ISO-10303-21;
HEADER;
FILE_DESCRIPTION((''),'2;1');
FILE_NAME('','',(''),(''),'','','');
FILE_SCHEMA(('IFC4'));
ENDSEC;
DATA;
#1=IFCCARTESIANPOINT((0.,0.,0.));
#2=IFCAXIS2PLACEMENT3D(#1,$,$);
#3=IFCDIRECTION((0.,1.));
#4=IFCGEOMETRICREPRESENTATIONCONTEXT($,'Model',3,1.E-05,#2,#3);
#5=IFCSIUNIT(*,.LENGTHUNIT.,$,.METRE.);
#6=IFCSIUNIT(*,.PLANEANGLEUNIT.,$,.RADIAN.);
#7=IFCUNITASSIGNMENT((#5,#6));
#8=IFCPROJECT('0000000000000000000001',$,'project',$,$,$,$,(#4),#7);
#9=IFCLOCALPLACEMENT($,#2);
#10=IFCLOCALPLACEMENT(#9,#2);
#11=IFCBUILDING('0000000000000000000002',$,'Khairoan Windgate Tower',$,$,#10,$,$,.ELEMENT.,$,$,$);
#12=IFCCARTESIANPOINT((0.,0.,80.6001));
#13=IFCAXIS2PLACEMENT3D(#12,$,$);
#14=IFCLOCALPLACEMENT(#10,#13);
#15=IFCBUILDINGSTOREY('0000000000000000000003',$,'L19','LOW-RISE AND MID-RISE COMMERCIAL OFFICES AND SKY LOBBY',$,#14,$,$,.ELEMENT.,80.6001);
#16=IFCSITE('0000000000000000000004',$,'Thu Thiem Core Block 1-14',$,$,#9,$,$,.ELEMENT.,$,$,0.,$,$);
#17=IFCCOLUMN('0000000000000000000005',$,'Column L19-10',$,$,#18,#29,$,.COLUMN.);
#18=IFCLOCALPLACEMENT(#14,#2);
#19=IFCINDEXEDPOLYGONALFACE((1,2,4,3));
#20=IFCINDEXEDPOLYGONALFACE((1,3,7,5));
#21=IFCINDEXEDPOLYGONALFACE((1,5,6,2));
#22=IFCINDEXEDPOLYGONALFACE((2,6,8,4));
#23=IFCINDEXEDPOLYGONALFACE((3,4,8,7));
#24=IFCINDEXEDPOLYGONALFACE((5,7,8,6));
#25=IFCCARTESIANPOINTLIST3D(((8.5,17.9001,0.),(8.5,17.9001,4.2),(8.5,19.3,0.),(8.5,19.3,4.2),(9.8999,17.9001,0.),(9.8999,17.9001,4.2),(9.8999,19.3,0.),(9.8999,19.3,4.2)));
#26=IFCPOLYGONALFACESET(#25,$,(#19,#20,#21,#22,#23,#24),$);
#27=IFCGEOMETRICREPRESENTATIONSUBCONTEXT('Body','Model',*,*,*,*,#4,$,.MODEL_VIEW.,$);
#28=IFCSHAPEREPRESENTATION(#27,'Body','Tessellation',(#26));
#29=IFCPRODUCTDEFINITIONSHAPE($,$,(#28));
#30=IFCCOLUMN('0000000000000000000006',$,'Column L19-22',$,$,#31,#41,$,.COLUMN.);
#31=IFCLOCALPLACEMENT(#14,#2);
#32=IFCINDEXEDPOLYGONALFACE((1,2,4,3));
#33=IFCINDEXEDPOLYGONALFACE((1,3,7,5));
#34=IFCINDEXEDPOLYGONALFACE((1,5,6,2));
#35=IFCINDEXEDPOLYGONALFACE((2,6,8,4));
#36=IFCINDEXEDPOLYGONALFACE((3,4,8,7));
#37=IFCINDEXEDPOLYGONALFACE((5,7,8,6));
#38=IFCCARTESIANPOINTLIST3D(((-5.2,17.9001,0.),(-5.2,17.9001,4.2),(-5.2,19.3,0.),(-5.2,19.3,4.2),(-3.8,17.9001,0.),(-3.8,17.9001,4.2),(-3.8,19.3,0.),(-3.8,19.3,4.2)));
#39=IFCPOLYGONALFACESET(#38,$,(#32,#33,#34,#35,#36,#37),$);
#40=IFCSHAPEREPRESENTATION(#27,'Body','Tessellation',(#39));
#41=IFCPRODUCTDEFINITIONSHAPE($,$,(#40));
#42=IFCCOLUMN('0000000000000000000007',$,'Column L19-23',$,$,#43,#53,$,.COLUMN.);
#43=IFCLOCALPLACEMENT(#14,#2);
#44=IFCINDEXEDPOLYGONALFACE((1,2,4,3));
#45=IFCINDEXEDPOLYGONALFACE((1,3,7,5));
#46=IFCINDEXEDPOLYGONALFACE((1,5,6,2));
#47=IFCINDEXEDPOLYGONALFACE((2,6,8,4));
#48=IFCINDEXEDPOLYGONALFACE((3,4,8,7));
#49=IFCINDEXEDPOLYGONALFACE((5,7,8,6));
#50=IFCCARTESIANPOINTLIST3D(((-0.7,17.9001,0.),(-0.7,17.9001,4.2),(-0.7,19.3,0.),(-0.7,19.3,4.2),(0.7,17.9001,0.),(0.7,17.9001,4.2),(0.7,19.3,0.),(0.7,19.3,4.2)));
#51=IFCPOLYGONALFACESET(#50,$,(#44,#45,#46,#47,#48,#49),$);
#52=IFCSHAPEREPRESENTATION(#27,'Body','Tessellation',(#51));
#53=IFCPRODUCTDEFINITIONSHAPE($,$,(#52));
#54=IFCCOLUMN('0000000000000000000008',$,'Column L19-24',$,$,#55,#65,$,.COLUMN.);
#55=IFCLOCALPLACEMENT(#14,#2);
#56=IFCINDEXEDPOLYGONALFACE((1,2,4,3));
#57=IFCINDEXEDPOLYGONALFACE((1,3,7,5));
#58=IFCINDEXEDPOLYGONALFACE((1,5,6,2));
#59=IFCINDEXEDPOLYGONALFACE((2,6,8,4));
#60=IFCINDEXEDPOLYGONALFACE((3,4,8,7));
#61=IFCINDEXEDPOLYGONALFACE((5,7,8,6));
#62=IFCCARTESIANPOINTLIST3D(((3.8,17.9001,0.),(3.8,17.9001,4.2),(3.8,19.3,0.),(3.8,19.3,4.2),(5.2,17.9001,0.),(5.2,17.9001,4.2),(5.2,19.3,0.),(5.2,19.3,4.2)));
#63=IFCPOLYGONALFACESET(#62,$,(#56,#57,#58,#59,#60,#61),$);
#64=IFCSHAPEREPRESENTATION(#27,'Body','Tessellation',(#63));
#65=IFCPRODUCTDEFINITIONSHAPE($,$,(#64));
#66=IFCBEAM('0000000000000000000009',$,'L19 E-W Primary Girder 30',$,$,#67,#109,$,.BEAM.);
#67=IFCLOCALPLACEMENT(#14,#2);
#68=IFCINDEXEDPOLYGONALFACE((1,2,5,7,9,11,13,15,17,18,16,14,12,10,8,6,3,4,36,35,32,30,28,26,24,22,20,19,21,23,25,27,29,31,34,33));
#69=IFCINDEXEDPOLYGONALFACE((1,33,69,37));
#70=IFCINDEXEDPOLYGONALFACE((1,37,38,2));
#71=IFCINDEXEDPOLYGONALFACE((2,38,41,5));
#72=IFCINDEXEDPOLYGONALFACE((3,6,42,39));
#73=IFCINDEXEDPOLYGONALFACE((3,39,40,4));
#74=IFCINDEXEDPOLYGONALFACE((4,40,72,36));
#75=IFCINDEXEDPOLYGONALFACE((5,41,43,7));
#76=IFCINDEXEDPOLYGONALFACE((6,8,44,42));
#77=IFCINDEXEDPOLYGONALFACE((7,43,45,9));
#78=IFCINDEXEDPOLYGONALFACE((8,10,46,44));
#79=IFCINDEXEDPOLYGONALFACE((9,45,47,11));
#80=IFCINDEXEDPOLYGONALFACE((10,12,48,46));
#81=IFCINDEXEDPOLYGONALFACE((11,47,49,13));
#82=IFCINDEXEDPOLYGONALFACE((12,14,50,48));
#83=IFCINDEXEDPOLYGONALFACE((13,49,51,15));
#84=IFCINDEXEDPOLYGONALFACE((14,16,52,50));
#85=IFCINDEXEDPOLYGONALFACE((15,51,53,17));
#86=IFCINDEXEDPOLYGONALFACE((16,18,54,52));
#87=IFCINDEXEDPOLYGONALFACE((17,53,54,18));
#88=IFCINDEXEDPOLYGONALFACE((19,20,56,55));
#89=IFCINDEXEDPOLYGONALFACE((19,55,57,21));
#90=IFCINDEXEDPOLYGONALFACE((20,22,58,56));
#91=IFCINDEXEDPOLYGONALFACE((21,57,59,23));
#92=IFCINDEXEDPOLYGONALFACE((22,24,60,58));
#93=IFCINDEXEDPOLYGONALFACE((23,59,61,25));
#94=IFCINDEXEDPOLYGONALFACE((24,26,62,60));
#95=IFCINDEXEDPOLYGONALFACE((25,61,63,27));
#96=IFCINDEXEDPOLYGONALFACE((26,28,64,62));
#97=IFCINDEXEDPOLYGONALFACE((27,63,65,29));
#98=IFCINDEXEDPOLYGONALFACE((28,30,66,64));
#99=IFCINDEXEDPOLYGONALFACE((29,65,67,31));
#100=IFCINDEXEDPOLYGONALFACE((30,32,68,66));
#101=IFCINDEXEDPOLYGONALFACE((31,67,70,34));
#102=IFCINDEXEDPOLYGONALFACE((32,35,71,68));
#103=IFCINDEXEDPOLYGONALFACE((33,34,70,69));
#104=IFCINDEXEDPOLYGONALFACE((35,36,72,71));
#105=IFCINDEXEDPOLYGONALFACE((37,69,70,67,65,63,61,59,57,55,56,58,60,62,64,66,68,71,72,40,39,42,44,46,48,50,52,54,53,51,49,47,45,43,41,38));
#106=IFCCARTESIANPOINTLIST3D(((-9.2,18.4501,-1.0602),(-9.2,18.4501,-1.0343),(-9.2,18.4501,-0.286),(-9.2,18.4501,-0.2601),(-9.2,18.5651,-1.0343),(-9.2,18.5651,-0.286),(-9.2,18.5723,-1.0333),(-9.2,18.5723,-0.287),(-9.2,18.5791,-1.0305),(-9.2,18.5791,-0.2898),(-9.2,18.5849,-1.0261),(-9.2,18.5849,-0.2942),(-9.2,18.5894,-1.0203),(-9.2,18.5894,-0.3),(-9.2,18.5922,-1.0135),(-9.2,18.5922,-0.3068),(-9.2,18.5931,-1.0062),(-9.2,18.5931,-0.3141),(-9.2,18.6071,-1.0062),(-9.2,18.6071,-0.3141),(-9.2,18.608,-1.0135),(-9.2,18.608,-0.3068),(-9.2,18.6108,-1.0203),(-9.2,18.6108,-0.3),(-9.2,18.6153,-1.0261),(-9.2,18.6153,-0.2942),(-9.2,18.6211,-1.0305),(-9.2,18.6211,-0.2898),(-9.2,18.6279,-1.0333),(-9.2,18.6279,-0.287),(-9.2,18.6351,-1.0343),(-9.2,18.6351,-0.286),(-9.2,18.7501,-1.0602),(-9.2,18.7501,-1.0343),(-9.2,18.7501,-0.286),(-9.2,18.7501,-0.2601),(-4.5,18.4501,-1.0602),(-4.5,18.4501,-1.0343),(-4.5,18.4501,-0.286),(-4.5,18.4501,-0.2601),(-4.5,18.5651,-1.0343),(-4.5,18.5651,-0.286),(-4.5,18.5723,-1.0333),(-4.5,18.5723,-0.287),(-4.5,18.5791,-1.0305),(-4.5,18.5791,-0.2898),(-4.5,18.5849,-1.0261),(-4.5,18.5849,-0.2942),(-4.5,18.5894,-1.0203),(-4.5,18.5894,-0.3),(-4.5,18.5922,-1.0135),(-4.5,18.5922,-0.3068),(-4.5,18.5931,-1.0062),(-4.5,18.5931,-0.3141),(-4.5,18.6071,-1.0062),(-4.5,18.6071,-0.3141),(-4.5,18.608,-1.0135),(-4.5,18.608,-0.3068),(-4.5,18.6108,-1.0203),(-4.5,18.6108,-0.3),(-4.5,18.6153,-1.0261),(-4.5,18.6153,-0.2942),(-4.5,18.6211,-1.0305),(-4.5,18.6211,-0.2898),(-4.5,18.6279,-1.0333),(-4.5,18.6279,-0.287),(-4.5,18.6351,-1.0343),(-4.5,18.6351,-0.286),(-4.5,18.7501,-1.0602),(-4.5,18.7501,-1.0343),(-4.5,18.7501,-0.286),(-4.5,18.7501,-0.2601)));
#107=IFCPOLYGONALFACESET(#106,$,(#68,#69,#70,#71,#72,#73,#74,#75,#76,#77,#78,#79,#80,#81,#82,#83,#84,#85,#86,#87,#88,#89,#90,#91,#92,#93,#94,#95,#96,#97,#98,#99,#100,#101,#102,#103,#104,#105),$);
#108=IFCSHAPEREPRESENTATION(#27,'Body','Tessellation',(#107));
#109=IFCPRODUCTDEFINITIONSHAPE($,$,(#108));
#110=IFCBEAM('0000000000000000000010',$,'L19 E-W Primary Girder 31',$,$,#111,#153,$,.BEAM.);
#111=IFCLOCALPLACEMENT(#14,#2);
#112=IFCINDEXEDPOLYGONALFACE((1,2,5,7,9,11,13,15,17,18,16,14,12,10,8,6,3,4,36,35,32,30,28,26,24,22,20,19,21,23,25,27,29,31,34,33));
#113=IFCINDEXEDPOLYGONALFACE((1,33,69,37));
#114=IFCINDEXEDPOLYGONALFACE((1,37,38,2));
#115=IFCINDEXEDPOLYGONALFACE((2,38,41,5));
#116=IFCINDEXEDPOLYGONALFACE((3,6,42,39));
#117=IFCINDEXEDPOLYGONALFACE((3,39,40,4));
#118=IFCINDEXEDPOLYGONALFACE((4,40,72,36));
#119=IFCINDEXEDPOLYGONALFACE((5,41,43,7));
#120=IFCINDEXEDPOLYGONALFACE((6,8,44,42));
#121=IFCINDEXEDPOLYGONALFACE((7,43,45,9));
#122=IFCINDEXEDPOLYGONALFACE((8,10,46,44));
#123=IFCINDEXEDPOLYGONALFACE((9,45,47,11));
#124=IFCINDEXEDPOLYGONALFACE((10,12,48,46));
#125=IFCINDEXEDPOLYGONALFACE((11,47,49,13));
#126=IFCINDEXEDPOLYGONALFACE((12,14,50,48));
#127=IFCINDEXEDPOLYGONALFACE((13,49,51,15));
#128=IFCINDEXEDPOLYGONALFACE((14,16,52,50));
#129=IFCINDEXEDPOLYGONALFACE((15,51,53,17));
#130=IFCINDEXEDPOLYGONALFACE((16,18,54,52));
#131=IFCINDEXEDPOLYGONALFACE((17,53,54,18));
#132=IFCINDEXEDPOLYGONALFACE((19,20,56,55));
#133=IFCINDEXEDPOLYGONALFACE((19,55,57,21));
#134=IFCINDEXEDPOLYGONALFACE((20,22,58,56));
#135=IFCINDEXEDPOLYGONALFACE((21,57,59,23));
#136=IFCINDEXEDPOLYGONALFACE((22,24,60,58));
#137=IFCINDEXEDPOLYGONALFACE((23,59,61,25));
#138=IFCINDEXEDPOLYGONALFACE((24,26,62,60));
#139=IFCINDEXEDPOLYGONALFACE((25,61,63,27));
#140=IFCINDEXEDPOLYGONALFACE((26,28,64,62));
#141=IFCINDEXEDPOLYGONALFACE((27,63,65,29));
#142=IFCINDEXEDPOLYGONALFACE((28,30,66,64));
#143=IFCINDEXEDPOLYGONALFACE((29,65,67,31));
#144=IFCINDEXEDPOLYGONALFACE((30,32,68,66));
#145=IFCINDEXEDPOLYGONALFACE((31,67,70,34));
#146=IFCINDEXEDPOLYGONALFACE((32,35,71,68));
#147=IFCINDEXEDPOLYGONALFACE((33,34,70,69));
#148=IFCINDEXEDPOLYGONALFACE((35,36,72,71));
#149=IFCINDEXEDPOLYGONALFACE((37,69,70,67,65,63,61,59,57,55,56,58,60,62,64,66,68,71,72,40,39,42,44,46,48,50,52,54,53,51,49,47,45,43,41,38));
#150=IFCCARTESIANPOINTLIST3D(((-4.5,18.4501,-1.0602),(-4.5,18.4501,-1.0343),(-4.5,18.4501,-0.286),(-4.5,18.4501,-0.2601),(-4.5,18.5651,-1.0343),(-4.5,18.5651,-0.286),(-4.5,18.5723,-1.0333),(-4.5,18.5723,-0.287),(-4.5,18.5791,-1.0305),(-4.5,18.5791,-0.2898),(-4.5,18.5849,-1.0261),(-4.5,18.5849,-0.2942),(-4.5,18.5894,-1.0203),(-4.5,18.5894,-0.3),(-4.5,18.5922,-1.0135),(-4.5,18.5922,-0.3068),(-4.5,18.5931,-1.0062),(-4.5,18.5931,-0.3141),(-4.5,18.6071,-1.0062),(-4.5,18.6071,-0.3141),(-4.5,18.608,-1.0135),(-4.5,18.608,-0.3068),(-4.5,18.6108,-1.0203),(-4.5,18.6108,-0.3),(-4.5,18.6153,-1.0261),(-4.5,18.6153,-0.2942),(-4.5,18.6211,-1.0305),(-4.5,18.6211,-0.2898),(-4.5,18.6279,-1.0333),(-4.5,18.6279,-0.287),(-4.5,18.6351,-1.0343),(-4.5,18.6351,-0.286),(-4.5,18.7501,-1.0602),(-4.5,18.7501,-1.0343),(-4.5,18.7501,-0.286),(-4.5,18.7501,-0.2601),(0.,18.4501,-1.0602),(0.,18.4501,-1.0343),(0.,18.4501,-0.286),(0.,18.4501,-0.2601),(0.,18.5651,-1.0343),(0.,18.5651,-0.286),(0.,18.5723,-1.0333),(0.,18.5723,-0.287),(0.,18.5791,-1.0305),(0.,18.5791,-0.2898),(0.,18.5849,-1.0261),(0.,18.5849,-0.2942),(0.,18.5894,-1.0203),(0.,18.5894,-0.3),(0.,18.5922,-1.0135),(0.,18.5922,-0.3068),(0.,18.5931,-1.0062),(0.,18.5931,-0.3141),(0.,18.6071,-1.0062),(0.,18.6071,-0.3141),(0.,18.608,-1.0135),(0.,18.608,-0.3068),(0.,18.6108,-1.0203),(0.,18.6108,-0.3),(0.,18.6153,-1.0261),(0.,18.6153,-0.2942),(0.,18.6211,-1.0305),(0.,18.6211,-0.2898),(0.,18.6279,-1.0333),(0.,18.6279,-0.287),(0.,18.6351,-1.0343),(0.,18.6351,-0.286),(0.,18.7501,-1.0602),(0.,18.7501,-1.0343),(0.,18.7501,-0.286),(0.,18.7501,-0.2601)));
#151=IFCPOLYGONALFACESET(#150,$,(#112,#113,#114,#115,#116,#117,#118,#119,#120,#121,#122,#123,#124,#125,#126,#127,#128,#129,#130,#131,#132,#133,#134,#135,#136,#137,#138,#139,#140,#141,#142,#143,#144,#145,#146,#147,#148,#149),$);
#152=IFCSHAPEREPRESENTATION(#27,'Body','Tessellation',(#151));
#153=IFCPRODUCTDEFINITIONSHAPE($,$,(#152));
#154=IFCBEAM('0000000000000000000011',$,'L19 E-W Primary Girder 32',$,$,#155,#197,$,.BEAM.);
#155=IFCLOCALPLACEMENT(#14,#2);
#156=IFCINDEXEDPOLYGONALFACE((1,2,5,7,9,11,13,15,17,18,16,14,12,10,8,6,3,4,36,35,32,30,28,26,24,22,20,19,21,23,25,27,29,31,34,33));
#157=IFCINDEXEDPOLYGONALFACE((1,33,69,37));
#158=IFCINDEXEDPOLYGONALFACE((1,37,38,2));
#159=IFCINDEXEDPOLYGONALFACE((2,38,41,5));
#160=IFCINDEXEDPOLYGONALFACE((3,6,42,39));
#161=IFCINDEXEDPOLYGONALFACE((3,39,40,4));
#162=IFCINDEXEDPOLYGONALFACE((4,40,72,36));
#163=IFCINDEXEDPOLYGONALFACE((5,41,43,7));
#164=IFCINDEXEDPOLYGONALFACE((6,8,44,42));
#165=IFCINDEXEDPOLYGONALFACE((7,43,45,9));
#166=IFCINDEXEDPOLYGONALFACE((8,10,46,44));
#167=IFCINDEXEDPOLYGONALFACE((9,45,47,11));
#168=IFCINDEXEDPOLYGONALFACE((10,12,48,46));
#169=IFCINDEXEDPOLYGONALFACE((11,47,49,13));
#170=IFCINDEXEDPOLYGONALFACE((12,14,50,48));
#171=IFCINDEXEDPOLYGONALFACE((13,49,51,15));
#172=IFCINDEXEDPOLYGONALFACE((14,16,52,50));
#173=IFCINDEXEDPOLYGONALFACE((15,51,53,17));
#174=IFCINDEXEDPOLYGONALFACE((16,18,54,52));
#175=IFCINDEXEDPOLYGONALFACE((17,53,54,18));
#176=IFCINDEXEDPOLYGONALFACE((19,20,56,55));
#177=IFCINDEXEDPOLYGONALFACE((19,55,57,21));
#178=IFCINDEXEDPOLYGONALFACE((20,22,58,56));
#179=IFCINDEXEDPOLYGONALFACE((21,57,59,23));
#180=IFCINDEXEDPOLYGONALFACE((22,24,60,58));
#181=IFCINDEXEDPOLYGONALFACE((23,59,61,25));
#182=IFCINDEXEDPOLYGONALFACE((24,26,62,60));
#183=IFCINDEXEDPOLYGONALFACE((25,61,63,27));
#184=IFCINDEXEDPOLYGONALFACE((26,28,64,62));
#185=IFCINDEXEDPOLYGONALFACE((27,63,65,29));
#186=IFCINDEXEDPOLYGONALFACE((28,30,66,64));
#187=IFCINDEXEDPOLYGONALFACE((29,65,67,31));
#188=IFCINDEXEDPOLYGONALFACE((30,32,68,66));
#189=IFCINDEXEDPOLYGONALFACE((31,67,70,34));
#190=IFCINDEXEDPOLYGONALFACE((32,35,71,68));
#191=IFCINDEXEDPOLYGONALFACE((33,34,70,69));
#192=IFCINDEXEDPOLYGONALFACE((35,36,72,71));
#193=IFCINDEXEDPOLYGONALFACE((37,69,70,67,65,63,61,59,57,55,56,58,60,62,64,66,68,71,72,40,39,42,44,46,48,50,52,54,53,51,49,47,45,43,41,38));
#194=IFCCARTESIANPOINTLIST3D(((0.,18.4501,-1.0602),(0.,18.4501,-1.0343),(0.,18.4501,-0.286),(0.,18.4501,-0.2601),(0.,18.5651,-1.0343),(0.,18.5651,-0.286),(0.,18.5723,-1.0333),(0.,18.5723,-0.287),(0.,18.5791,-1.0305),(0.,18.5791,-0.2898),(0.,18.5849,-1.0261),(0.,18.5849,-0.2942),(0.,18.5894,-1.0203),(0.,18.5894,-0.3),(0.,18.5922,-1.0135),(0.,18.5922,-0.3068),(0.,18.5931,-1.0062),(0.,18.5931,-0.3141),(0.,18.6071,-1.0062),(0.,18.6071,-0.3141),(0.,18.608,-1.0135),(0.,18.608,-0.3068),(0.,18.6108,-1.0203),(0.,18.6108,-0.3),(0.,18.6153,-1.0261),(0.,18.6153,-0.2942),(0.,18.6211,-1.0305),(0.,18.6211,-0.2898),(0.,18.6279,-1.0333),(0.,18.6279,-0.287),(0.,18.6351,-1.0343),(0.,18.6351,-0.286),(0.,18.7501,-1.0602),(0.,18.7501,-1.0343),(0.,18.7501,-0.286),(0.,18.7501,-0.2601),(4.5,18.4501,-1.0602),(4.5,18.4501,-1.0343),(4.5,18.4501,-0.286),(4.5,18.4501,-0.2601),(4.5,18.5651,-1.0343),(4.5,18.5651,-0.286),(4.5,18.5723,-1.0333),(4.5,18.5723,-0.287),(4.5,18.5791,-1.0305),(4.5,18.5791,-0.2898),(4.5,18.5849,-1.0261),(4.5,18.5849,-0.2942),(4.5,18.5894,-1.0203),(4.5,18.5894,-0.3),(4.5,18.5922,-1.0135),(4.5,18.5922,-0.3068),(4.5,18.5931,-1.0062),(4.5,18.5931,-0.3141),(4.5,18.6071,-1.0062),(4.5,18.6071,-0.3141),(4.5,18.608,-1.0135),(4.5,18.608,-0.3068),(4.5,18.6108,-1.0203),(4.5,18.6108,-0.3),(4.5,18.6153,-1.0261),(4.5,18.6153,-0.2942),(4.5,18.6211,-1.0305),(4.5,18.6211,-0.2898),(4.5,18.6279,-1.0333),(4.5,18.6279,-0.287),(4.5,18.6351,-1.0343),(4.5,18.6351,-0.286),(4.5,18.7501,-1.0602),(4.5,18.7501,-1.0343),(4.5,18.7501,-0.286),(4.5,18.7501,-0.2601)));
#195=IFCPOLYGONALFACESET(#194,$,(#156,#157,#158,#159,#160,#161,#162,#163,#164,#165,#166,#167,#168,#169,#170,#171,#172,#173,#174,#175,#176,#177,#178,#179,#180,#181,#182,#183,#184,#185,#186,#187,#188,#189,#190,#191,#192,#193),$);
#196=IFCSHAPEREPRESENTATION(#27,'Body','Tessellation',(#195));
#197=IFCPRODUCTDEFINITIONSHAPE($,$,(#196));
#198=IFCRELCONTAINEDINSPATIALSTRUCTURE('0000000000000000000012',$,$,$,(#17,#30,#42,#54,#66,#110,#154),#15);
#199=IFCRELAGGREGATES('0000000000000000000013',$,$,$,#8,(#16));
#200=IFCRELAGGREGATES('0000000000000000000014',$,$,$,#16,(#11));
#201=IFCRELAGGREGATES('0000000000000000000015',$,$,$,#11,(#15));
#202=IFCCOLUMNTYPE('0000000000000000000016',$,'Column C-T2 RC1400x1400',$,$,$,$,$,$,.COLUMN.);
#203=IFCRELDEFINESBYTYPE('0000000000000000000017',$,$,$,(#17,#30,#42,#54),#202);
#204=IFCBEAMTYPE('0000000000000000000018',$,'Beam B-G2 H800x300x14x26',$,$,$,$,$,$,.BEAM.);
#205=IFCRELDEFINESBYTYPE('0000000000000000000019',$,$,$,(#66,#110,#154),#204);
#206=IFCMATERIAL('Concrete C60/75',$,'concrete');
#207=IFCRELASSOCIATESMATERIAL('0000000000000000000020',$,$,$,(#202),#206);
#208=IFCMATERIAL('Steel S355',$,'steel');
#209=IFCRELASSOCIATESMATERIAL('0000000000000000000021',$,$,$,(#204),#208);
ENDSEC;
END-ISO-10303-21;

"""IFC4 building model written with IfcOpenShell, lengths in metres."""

from ifc_helpers import new_model, si_unit, direction, frame, origin, origin_2d, place, context, subcontext, project, spatial, rectangle, i_section, extrude, material, material_profile, profile_set, type_object, element, save


model = new_model("IFC4")

# Units and contexts
model_context = context("Model", 3, precision=1e-05, world=origin(), true_north=direction((0.0, 1.0)))
body_context = subcontext(model_context, "Body", "Model", "MODEL_VIEW")
ifc_project = project(units=[si_unit("LENGTHUNIT", "METRE"), si_unit("PLANEANGLEUNIT", "RADIAN")], contexts=[model_context])

# Site, building, storey
site_placement = place(None, origin())
site = spatial("IfcSite", under=ifc_project, at=site_placement, Name="Thu Thiem Core Block 1-14", CompositionType="ELEMENT", RefElevation=0.0)
building_placement = place(site_placement, origin())
building = spatial("IfcBuilding", under=site, at=building_placement, Name="Khairoan Windgate Tower", CompositionType="ELEMENT")
storey_placement = place(building_placement, frame((0.0, 0.0, 80.6001)))
storey = spatial("IfcBuildingStorey", under=building, at=storey_placement, Name="L19", Description="LOW-RISE AND MID-RISE COMMERCIAL OFFICES AND SKY LOBBY", CompositionType="ELEMENT", Elevation=80.6001)

# Columns
ifc_material_1 = material(Name="Concrete C60/75", Category="concrete")
ifc_material_profile_1 = material_profile(ifc_material_1, rectangle(XDim=1.3999, YDim=1.3999, at=origin_2d()))
ifc_profile_set_1 = profile_set([ifc_material_profile_1], Name="Concrete C60/75")
column_type = type_object("IfcColumnType", Name="Column C-T2 RC1400x1400", PredefinedType="COLUMN", material=ifc_profile_set_1)
for number, where, z_axis, x_axis, name in (
    (1, (9.2, 18.6001, 0.0), (0.0, 0.0, 1.0), (1.0, 0.0, 0.0), "Column L19-10"),
    (2, (-4.5, 18.6001, 0.0), (0.0, 0.0, 1.0), (1.0, 0.0, 0.0), "Column L19-22"),
    (3, (0.0, 18.6001, 0.0), (0.0, 0.0, 1.0), (1.0, 0.0, 0.0), "Column L19-23"),
    (4, (4.5, 18.6001, 0.0), (0.0, 0.0, 1.0), (1.0, 0.0, 0.0), "Column L19-24"),
):
    element("IfcColumn", number, at=place(storey_placement, frame(where, z_axis=z_axis, x_axis=x_axis)), inside=storey, type_object=column_type, Name=name, PredefinedType="COLUMN", context=body_context, shape_type="SweptSolid", body=[
        extrude(rectangle(XDim=1.3999, YDim=1.3999, at=origin_2d()), origin(), (0.0, 0.0, 1.0), 4.2),
    ])

# Beams
ifc_material_2 = material(Name="Steel S355", Category="steel")
ifc_material_profile_2 = material_profile(ifc_material_2, i_section(OverallWidth=0.3, OverallDepth=0.8, WebThickness=0.0139, FlangeThickness=0.0259, FilletRadius=0.0281, at=origin_2d()))
ifc_profile_set_2 = profile_set([ifc_material_profile_2], Name="Steel S355")
beam_type_1 = type_object("IfcBeamType", Name="Beam B-G2 H800x300x14x26", PredefinedType="BEAM", material=ifc_profile_set_2)
beam_1_placement = place(storey_placement, frame((-9.2, 18.6001, -0.6602), z_axis=(1.0, 0.0, 0.0), x_axis=(0.0, 1.0, 0.0)))
element("IfcBeam", 5, at=beam_1_placement, inside=storey, type_object=beam_type_1, Name="L19 E-W Primary Girder 30", PredefinedType="BEAM", context=body_context, shape_type="SweptSolid", body=[
    extrude(i_section(OverallWidth=0.3, OverallDepth=0.8, WebThickness=0.0139, FlangeThickness=0.0259, FilletRadius=0.0281, at=origin_2d()), origin(), (0.0, 0.0, 1.0), 4.7),
])
for number, where, z_axis, x_axis, name in (
    (6, (-4.5, 18.6001, -0.6602), (1.0, 0.0, 0.0), (0.0, 1.0, 0.0), "L19 E-W Primary Girder 31"),
    (7, (0.0, 18.6001, -0.6602), (1.0, 0.0, 0.0), (0.0, 1.0, 0.0), "L19 E-W Primary Girder 32"),
):
    element("IfcBeam", number, at=place(storey_placement, frame(where, z_axis=z_axis, x_axis=x_axis)), inside=storey, type_object=beam_type_1, Name=name, PredefinedType="BEAM", context=body_context, shape_type="SweptSolid", body=[
        extrude(i_section(OverallWidth=0.3, OverallDepth=0.8, WebThickness=0.0139, FlangeThickness=0.0259, FilletRadius=0.0281, at=origin_2d()), origin(), (0.0, 0.0, 1.0), 4.5),
    ])

save(model, "model.ifc")
